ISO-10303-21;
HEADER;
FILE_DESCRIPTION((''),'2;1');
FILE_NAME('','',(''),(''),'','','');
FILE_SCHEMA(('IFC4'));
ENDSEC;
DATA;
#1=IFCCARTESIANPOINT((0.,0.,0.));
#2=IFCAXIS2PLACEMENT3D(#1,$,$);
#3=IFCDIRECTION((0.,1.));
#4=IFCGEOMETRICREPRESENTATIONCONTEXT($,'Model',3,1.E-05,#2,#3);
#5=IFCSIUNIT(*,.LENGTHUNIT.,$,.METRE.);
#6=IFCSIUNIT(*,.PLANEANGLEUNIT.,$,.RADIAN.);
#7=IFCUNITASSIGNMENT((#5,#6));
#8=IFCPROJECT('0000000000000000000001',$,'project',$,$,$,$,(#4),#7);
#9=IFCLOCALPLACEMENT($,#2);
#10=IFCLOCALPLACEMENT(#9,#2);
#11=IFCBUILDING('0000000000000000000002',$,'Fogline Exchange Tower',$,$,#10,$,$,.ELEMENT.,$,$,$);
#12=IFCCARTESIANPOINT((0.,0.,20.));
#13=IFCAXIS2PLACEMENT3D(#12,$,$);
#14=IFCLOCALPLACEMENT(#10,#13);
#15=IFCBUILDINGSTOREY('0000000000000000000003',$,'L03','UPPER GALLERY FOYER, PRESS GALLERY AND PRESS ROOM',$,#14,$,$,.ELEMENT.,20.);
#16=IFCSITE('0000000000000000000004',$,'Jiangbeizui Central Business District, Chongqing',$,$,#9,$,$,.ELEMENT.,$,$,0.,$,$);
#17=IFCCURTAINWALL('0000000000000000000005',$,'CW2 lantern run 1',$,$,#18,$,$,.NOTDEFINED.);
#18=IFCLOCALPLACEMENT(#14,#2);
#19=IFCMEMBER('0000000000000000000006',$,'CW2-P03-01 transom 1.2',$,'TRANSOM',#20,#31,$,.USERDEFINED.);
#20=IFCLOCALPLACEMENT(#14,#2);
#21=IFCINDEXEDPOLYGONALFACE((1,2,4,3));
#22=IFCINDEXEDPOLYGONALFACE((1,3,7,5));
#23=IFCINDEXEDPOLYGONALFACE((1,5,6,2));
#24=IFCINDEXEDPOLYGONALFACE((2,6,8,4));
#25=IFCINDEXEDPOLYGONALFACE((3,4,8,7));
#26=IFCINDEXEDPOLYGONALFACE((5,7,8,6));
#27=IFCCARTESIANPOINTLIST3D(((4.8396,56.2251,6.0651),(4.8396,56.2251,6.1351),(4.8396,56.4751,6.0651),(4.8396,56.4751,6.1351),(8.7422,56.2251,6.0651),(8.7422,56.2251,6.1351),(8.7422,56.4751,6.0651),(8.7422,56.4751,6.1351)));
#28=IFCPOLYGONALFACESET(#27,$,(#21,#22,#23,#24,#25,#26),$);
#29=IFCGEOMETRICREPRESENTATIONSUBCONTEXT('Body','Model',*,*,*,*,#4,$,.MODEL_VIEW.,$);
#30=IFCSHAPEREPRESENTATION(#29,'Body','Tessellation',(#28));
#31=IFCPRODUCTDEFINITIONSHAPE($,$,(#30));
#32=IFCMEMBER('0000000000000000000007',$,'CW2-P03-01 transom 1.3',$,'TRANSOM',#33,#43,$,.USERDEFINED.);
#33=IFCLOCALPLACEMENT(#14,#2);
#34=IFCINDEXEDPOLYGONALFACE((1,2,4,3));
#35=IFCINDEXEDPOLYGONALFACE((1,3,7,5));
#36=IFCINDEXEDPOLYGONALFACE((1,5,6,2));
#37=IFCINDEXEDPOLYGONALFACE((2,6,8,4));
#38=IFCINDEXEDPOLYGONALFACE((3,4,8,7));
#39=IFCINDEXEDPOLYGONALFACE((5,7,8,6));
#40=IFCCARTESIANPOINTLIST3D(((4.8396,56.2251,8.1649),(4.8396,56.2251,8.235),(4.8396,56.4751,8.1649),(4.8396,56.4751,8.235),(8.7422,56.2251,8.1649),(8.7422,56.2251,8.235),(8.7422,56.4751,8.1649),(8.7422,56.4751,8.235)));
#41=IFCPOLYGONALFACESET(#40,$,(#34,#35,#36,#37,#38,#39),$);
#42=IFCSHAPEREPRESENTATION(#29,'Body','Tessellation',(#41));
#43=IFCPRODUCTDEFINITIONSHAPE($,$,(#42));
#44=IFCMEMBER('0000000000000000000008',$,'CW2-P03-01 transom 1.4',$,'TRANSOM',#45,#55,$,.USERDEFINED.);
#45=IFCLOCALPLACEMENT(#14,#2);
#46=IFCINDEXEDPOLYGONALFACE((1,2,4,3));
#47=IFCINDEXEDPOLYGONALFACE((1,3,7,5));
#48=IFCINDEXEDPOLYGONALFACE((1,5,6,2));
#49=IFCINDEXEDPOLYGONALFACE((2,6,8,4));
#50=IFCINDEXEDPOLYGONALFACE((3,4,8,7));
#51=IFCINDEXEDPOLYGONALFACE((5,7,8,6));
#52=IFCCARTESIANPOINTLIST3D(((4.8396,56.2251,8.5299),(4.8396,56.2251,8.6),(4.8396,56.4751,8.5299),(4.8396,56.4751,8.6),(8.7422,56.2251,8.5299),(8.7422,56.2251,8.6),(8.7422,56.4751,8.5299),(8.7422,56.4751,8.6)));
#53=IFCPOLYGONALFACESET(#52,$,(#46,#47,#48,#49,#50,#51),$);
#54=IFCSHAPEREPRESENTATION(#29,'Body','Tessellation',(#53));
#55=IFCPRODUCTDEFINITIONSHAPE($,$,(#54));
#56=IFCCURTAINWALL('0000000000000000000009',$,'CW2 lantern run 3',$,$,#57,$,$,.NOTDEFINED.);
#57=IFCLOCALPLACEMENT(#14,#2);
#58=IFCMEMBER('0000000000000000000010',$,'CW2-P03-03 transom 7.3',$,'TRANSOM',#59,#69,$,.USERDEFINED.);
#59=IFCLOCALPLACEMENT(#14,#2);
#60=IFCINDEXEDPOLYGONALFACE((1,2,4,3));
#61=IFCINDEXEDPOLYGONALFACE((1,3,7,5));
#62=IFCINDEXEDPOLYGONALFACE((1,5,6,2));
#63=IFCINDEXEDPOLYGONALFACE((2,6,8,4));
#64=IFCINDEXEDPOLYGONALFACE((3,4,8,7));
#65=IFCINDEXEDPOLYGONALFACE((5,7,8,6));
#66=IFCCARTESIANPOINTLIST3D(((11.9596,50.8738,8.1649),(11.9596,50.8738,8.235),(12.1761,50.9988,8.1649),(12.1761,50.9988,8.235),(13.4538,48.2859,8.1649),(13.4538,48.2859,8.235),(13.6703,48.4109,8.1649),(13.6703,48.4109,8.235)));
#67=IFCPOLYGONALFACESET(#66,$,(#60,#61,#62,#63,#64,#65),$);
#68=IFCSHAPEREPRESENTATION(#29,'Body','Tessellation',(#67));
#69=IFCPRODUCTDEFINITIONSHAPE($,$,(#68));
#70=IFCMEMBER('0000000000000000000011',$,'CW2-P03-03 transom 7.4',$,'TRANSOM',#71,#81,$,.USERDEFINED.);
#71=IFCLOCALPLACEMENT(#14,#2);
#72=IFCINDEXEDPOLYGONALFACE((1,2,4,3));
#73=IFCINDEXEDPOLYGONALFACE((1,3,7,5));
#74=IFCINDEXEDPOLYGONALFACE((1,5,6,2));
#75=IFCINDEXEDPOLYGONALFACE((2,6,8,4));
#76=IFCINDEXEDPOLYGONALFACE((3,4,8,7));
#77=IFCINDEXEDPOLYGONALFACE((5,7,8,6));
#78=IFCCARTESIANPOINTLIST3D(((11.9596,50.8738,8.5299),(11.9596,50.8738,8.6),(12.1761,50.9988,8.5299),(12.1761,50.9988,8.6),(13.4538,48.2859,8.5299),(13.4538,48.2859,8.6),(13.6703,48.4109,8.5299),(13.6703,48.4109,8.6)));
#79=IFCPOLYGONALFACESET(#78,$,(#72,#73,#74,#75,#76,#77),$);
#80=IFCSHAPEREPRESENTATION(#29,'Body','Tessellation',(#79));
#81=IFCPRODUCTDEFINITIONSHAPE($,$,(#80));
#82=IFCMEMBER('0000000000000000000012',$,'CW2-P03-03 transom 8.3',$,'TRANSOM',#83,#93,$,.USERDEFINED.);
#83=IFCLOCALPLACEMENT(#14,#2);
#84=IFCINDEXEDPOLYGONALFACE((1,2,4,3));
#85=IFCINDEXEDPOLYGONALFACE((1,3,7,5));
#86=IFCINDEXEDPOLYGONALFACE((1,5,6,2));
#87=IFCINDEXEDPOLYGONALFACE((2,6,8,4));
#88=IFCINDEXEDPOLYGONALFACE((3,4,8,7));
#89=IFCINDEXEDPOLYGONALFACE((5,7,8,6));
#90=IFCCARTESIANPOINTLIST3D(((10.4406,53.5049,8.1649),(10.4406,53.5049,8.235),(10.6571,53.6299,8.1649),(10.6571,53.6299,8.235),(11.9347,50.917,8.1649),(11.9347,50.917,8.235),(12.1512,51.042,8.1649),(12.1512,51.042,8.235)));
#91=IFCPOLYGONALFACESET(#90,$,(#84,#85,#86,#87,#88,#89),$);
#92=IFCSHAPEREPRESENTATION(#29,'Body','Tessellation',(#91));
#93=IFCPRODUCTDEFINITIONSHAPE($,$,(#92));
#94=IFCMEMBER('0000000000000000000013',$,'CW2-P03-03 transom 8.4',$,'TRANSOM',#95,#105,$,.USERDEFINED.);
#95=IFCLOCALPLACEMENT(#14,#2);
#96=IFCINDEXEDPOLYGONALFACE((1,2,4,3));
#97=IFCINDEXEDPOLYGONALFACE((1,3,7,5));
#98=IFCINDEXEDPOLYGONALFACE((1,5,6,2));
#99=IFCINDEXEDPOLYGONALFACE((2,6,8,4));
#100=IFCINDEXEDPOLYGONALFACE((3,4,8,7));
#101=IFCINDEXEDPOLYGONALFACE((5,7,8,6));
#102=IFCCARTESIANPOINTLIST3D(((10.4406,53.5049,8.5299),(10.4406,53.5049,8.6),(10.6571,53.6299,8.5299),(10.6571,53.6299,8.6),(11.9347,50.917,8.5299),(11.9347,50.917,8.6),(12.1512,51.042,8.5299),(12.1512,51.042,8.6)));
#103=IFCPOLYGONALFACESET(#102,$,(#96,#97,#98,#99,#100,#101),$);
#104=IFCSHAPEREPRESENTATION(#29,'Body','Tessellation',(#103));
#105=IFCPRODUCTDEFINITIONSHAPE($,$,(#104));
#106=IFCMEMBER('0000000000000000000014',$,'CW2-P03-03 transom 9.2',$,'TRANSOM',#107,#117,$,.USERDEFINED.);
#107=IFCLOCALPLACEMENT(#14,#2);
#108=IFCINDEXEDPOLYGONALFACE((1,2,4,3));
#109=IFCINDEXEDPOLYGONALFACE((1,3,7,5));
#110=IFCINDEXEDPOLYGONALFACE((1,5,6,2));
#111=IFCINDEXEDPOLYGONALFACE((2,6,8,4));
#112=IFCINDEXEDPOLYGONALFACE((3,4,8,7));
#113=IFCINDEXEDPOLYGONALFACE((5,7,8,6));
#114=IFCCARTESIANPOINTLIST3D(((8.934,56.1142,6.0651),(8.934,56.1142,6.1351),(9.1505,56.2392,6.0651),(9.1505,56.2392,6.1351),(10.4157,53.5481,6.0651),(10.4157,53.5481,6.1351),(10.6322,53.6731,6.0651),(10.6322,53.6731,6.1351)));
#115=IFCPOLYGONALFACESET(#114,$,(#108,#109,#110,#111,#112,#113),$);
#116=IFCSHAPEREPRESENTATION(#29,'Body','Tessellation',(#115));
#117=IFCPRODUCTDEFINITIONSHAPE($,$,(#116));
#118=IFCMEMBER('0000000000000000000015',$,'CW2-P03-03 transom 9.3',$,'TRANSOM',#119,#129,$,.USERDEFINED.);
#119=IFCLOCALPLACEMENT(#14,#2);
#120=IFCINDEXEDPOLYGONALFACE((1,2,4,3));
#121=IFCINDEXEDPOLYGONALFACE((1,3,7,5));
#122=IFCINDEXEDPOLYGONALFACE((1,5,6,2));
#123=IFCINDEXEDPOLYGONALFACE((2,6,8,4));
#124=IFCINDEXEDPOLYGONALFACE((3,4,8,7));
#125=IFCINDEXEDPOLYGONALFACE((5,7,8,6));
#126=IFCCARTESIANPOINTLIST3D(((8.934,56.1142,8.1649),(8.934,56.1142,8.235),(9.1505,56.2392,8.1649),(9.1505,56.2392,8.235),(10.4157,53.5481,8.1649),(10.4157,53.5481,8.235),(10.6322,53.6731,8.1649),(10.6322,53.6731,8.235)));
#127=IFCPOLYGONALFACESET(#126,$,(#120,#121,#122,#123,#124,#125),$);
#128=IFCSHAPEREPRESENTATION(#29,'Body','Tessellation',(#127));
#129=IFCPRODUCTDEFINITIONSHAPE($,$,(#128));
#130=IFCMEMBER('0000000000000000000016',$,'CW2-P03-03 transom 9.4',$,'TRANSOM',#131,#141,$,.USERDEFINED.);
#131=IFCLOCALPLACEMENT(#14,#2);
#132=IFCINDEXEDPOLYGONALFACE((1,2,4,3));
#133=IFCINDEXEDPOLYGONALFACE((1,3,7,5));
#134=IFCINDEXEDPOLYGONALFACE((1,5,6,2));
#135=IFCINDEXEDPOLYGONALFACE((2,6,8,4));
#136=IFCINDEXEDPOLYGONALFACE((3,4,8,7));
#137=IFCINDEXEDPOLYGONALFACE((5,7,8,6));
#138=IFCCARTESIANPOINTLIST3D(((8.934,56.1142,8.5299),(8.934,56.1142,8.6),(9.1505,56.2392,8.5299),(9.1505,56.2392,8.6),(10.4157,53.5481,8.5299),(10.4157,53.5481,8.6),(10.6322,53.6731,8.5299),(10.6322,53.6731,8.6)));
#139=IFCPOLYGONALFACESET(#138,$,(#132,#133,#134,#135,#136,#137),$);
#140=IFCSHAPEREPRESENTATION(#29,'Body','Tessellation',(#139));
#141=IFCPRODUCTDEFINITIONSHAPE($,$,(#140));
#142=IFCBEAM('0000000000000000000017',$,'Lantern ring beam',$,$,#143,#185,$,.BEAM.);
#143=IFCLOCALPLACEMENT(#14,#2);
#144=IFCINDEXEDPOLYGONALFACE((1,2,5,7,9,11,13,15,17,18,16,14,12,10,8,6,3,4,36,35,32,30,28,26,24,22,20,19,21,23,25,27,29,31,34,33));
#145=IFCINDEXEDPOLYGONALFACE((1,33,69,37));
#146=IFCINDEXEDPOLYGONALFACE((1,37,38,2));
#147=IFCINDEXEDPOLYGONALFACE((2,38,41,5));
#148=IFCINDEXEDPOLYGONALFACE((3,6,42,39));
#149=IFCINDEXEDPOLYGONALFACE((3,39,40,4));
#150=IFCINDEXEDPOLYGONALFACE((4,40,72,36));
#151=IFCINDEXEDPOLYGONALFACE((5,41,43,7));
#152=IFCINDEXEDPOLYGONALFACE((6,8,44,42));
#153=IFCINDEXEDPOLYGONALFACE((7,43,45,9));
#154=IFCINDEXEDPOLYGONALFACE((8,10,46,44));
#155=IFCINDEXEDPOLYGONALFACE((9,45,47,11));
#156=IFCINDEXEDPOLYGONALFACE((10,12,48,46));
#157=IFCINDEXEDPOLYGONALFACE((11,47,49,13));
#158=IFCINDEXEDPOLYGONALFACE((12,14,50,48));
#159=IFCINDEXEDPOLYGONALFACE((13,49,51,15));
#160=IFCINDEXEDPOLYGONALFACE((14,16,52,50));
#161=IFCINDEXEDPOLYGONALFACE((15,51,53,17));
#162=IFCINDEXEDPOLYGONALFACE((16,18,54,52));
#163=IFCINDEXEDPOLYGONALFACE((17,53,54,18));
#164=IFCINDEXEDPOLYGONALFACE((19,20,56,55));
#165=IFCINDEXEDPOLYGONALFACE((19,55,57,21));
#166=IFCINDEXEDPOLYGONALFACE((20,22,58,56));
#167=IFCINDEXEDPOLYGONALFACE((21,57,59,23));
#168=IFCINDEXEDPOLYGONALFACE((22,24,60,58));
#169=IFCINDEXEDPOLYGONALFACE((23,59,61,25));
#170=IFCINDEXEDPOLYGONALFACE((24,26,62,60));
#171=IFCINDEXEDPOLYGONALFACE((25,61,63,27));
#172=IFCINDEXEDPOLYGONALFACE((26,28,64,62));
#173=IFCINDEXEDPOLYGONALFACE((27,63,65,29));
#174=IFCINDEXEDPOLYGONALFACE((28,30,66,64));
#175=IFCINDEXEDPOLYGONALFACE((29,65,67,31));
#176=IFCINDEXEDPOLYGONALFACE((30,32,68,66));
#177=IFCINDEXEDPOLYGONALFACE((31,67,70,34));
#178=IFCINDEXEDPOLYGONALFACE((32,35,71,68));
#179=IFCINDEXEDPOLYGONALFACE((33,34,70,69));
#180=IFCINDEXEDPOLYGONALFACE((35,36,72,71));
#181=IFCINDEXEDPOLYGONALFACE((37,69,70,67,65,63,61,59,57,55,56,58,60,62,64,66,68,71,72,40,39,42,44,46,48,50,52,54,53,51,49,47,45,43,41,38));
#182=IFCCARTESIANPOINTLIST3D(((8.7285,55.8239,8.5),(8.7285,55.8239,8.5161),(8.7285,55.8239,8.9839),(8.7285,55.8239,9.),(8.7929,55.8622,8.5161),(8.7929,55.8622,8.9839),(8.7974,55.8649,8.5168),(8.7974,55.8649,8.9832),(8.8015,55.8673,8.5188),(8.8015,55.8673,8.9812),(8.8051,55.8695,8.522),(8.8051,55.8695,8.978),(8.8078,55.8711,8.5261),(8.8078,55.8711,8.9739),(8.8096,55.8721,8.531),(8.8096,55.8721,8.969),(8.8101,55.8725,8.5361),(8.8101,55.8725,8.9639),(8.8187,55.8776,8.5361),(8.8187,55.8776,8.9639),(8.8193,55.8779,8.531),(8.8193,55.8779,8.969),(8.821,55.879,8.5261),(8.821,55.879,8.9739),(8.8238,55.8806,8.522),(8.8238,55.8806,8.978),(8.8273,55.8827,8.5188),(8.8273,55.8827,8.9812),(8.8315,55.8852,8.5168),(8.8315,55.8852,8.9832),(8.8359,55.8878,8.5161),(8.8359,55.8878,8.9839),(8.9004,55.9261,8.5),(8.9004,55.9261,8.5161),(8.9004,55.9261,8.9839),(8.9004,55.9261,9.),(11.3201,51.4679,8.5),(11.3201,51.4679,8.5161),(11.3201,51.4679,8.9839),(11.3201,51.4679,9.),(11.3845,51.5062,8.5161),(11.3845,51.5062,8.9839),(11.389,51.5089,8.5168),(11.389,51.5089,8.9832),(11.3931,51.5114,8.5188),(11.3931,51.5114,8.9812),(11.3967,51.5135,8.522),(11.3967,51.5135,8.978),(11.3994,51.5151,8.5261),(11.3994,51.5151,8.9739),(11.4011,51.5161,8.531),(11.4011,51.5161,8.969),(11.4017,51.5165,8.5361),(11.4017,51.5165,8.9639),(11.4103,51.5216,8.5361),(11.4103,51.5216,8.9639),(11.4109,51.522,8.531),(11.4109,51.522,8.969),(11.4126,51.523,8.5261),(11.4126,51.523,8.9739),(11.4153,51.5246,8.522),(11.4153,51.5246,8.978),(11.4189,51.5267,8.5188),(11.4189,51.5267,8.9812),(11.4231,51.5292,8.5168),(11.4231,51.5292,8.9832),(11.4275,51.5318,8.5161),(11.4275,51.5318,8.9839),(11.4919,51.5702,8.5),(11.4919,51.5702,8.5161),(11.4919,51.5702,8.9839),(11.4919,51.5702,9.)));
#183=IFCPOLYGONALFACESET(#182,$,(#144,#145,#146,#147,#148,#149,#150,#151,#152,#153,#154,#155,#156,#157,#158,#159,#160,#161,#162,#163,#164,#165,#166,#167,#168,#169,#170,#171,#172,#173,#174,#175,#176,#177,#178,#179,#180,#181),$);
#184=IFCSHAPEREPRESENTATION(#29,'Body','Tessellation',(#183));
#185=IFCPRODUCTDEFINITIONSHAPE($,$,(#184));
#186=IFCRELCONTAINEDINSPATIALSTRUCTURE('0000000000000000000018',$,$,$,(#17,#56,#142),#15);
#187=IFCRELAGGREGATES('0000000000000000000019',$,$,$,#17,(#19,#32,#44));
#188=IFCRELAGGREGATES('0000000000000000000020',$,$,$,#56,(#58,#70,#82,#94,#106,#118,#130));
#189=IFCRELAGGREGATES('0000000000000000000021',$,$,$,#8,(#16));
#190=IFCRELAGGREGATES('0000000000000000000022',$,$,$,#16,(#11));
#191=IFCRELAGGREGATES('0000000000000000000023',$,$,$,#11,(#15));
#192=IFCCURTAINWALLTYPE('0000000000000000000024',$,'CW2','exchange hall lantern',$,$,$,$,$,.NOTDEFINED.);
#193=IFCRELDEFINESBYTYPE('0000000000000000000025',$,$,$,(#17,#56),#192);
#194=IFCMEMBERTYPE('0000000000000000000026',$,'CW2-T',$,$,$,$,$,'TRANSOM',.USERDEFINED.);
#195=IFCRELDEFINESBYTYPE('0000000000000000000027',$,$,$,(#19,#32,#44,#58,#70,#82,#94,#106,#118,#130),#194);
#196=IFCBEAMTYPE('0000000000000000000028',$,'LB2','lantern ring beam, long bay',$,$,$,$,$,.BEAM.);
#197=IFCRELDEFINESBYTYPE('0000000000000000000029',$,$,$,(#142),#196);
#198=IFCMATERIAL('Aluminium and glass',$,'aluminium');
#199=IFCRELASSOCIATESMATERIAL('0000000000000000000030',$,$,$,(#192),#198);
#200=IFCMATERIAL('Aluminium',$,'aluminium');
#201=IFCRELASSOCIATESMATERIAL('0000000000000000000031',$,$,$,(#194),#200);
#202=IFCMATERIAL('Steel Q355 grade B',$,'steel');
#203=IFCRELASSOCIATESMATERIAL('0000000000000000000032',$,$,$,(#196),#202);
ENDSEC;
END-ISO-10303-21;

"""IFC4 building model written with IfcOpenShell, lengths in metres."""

from ifc_helpers import new_model, si_unit, direction, frame, origin, origin_2d, place, context, subcontext, project, spatial, rectangle, i_section, extrude, material, material_profile, profile_set, type_object, element, aggregate, save


model = new_model("IFC4")

# Units and contexts
model_context = context("Model", 3, precision=1e-05, world=origin(), true_north=direction((0.0, 1.0)))
body_context = subcontext(model_context, "Body", "Model", "MODEL_VIEW")
ifc_project = project(units=[si_unit("LENGTHUNIT", "METRE"), si_unit("PLANEANGLEUNIT", "RADIAN")], contexts=[model_context])

# Site, building, storey
site_placement = place(None, origin())
site = spatial("IfcSite", under=ifc_project, at=site_placement, Name="Jiangbeizui Central Business District, Chongqing", CompositionType="ELEMENT", RefElevation=0.0)
building_placement = place(site_placement, origin())
building = spatial("IfcBuilding", under=site, at=building_placement, Name="Fogline Exchange Tower", CompositionType="ELEMENT")
storey_placement = place(building_placement, frame((0.0, 0.0, 20.0)))
storey = spatial("IfcBuildingStorey", under=building, at=storey_placement, Name="L03", Description="UPPER GALLERY FOYER, PRESS GALLERY AND PRESS ROOM", CompositionType="ELEMENT", Elevation=20.0)

# Curtain walls, members
ifc_material_1 = material(Name="Aluminium and glass", Category="aluminium")
curtain_wall_type = type_object("IfcCurtainWallType", Name="CW2", Description="exchange hall lantern", PredefinedType="NOTDEFINED", material=ifc_material_1)
curtain_wall_1_placement = place(storey_placement, origin())
curtain_wall_1 = element("IfcCurtainWall", 1, at=curtain_wall_1_placement, inside=storey, type_object=curtain_wall_type, Name="CW2 lantern run 1", PredefinedType="NOTDEFINED")
ifc_material_2 = material(Name="Aluminium", Category="aluminium")
ifc_material_profile_1 = material_profile(ifc_material_2, rectangle(XDim=0.25, YDim=0.0701, at=origin_2d()), Name="Transom 70x250")
ifc_profile_set_1 = profile_set([ifc_material_profile_1], Name="Aluminium")
member_type = type_object("IfcMemberType", Name="CW2-T", ElementType="TRANSOM", PredefinedType="USERDEFINED", material=ifc_profile_set_1)
member_1_placement = place(storey_placement, frame((8.7422, 56.3501, 6.1001), z_axis=(-1.0, 0.0, 0.0), x_axis=(0.0, -1.0, 0.0)))
member_1 = element("IfcMember", 2, at=member_1_placement, type_object=member_type, Name="CW2-P03-01 transom 1.2", ObjectType="TRANSOM", PredefinedType="USERDEFINED", context=body_context, shape_type="SweptSolid", body=[
    extrude(rectangle(XDim=0.25, YDim=0.0701, at=origin_2d()), origin(), (0.0, 0.0, 1.0), 3.9026),
])
member_2_placement = place(storey_placement, frame((8.7422, 56.3501, 8.2), z_axis=(-1.0, 0.0, 0.0), x_axis=(0.0, -1.0, 0.0)))
member_2 = element("IfcMember", 3, at=member_2_placement, type_object=member_type, Name="CW2-P03-01 transom 1.3", ObjectType="TRANSOM", PredefinedType="USERDEFINED", context=body_context, shape_type="SweptSolid", body=[
    extrude(rectangle(XDim=0.25, YDim=0.0701, at=origin_2d()), origin(), (0.0, 0.0, 1.0), 3.9026),
])
member_3_placement = place(storey_placement, frame((8.7422, 56.3501, 8.5649), z_axis=(-1.0, 0.0, 0.0), x_axis=(0.0, -1.0, 0.0)))
member_3 = element("IfcMember", 4, at=member_3_placement, type_object=member_type, Name="CW2-P03-01 transom 1.4", ObjectType="TRANSOM", PredefinedType="USERDEFINED", context=body_context, shape_type="SweptSolid", body=[
    extrude(rectangle(XDim=0.25, YDim=0.0701, at=origin_2d()), origin(), (0.0, 0.0, 1.0), 3.9026),
])
aggregate(curtain_wall_1, [member_1, member_2, member_3])
curtain_wall_2_placement = place(storey_placement, origin())
curtain_wall_2 = element("IfcCurtainWall", 5, at=curtain_wall_2_placement, inside=storey, type_object=curtain_wall_type, Name="CW2 lantern run 3", PredefinedType="NOTDEFINED")
member_4_placement = place(storey_placement, frame((13.562, 48.3484, 8.2), z_axis=(-0.500005, 0.866022, 0.0), x_axis=(-0.866022, -0.500005, 0.0)))
member_4 = element("IfcMember", 6, at=member_4_placement, type_object=member_type, Name="CW2-P03-03 transom 7.3", ObjectType="TRANSOM", PredefinedType="USERDEFINED", context=body_context, shape_type="SweptSolid", body=[
    extrude(rectangle(XDim=0.25, YDim=0.0701, at=origin_2d()), origin(), (0.0, 0.0, 1.0), 2.9883),
])
member_5_placement = place(storey_placement, frame((13.562, 48.3484, 8.5649), z_axis=(-0.500005, 0.866022, 0.0), x_axis=(-0.866022, -0.500005, 0.0)))
member_5 = element("IfcMember", 7, at=member_5_placement, type_object=member_type, Name="CW2-P03-03 transom 7.4", ObjectType="TRANSOM", PredefinedType="USERDEFINED", context=body_context, shape_type="SweptSolid", body=[
    extrude(rectangle(XDim=0.25, YDim=0.0701, at=origin_2d()), origin(), (0.0, 0.0, 1.0), 2.9883),
])
member_6_placement = place(storey_placement, frame((12.043, 50.9795, 8.2), z_axis=(-0.500005, 0.866022, 0.0), x_axis=(-0.866022, -0.500005, 0.0)))
member_6 = element("IfcMember", 8, at=member_6_placement, type_object=member_type, Name="CW2-P03-03 transom 8.3", ObjectType="TRANSOM", PredefinedType="USERDEFINED", context=body_context, shape_type="SweptSolid", body=[
    extrude(rectangle(XDim=0.25, YDim=0.0701, at=origin_2d()), origin(), (0.0, 0.0, 1.0), 2.9883),
])
member_7_placement = place(storey_placement, frame((12.043, 50.9795, 8.5649), z_axis=(-0.500005, 0.866022, 0.0), x_axis=(-0.866022, -0.500005, 0.0)))
member_7 = element("IfcMember", 9, at=member_7_placement, type_object=member_type, Name="CW2-P03-03 transom 8.4", ObjectType="TRANSOM", PredefinedType="USERDEFINED", context=body_context, shape_type="SweptSolid", body=[
    extrude(rectangle(XDim=0.25, YDim=0.0701, at=origin_2d()), origin(), (0.0, 0.0, 1.0), 2.9883),
])
member_8_placement = place(storey_placement, frame((10.5239, 53.6106, 6.1001), z_axis=(-0.500029, 0.866009, 0.0), x_axis=(-0.866009, -0.500029, 0.0)))
member_8 = element("IfcMember", 10, at=member_8_placement, type_object=member_type, Name="CW2-P03-03 transom 9.2", ObjectType="TRANSOM", PredefinedType="USERDEFINED", context=body_context, shape_type="SweptSolid", body=[
    extrude(rectangle(XDim=0.25, YDim=0.0701, at=origin_2d()), origin(), (0.0, 0.0, 1.0), 2.9631),
])
member_9_placement = place(storey_placement, frame((10.5239, 53.6106, 8.2), z_axis=(-0.500029, 0.866009, 0.0), x_axis=(-0.866009, -0.500029, 0.0)))
member_9 = element("IfcMember", 11, at=member_9_placement, type_object=member_type, Name="CW2-P03-03 transom 9.3", ObjectType="TRANSOM", PredefinedType="USERDEFINED", context=body_context, shape_type="SweptSolid", body=[
    extrude(rectangle(XDim=0.25, YDim=0.0701, at=origin_2d()), origin(), (0.0, 0.0, 1.0), 2.9631),
])
member_10_placement = place(storey_placement, frame((10.5239, 53.6106, 8.5649), z_axis=(-0.500029, 0.866009, 0.0), x_axis=(-0.866009, -0.500029, 0.0)))
member_10 = element("IfcMember", 12, at=member_10_placement, type_object=member_type, Name="CW2-P03-03 transom 9.4", ObjectType="TRANSOM", PredefinedType="USERDEFINED", context=body_context, shape_type="SweptSolid", body=[
    extrude(rectangle(XDim=0.25, YDim=0.0701, at=origin_2d()), origin(), (0.0, 0.0, 1.0), 2.9631),
])

# Beam
ifc_material_3 = material(Name="Steel Q355 grade B", Category="steel")
ifc_material_profile_2 = material_profile(ifc_material_3, i_section(OverallWidth=0.2, OverallDepth=0.5, WebThickness=0.01, FlangeThickness=0.0161, FilletRadius=0.02, at=origin_2d()), Name="HN500X200X10X16")
ifc_profile_set_2 = profile_set([ifc_material_profile_2], Name="Steel Q355 grade B")
beam_type_1 = type_object("IfcBeamType", Name="LB2", Description="lantern ring beam, long bay", PredefinedType="BEAM", material=ifc_profile_set_2)
beam_1_placement = place(storey_placement, frame((11.406, 51.519, 8.75), z_axis=(-0.511298, 0.859404, 0.0), x_axis=(-0.859404, -0.511298, 0.0)))
element("IfcBeam", 13, at=beam_1_placement, inside=storey, type_object=beam_type_1, Name="Lantern ring beam", PredefinedType="BEAM", context=body_context, shape_type="SweptSolid", body=[
    extrude(i_section(OverallWidth=0.2, OverallDepth=0.5, WebThickness=0.01, FlangeThickness=0.0161, FilletRadius=0.02, at=origin_2d()), origin(), (0.0, 0.0, 1.0), 5.0686),
])

aggregate(curtain_wall_2, [member_4, member_5, member_6, member_7, member_8, member_9, member_10])

save(model, "model.ifc")
